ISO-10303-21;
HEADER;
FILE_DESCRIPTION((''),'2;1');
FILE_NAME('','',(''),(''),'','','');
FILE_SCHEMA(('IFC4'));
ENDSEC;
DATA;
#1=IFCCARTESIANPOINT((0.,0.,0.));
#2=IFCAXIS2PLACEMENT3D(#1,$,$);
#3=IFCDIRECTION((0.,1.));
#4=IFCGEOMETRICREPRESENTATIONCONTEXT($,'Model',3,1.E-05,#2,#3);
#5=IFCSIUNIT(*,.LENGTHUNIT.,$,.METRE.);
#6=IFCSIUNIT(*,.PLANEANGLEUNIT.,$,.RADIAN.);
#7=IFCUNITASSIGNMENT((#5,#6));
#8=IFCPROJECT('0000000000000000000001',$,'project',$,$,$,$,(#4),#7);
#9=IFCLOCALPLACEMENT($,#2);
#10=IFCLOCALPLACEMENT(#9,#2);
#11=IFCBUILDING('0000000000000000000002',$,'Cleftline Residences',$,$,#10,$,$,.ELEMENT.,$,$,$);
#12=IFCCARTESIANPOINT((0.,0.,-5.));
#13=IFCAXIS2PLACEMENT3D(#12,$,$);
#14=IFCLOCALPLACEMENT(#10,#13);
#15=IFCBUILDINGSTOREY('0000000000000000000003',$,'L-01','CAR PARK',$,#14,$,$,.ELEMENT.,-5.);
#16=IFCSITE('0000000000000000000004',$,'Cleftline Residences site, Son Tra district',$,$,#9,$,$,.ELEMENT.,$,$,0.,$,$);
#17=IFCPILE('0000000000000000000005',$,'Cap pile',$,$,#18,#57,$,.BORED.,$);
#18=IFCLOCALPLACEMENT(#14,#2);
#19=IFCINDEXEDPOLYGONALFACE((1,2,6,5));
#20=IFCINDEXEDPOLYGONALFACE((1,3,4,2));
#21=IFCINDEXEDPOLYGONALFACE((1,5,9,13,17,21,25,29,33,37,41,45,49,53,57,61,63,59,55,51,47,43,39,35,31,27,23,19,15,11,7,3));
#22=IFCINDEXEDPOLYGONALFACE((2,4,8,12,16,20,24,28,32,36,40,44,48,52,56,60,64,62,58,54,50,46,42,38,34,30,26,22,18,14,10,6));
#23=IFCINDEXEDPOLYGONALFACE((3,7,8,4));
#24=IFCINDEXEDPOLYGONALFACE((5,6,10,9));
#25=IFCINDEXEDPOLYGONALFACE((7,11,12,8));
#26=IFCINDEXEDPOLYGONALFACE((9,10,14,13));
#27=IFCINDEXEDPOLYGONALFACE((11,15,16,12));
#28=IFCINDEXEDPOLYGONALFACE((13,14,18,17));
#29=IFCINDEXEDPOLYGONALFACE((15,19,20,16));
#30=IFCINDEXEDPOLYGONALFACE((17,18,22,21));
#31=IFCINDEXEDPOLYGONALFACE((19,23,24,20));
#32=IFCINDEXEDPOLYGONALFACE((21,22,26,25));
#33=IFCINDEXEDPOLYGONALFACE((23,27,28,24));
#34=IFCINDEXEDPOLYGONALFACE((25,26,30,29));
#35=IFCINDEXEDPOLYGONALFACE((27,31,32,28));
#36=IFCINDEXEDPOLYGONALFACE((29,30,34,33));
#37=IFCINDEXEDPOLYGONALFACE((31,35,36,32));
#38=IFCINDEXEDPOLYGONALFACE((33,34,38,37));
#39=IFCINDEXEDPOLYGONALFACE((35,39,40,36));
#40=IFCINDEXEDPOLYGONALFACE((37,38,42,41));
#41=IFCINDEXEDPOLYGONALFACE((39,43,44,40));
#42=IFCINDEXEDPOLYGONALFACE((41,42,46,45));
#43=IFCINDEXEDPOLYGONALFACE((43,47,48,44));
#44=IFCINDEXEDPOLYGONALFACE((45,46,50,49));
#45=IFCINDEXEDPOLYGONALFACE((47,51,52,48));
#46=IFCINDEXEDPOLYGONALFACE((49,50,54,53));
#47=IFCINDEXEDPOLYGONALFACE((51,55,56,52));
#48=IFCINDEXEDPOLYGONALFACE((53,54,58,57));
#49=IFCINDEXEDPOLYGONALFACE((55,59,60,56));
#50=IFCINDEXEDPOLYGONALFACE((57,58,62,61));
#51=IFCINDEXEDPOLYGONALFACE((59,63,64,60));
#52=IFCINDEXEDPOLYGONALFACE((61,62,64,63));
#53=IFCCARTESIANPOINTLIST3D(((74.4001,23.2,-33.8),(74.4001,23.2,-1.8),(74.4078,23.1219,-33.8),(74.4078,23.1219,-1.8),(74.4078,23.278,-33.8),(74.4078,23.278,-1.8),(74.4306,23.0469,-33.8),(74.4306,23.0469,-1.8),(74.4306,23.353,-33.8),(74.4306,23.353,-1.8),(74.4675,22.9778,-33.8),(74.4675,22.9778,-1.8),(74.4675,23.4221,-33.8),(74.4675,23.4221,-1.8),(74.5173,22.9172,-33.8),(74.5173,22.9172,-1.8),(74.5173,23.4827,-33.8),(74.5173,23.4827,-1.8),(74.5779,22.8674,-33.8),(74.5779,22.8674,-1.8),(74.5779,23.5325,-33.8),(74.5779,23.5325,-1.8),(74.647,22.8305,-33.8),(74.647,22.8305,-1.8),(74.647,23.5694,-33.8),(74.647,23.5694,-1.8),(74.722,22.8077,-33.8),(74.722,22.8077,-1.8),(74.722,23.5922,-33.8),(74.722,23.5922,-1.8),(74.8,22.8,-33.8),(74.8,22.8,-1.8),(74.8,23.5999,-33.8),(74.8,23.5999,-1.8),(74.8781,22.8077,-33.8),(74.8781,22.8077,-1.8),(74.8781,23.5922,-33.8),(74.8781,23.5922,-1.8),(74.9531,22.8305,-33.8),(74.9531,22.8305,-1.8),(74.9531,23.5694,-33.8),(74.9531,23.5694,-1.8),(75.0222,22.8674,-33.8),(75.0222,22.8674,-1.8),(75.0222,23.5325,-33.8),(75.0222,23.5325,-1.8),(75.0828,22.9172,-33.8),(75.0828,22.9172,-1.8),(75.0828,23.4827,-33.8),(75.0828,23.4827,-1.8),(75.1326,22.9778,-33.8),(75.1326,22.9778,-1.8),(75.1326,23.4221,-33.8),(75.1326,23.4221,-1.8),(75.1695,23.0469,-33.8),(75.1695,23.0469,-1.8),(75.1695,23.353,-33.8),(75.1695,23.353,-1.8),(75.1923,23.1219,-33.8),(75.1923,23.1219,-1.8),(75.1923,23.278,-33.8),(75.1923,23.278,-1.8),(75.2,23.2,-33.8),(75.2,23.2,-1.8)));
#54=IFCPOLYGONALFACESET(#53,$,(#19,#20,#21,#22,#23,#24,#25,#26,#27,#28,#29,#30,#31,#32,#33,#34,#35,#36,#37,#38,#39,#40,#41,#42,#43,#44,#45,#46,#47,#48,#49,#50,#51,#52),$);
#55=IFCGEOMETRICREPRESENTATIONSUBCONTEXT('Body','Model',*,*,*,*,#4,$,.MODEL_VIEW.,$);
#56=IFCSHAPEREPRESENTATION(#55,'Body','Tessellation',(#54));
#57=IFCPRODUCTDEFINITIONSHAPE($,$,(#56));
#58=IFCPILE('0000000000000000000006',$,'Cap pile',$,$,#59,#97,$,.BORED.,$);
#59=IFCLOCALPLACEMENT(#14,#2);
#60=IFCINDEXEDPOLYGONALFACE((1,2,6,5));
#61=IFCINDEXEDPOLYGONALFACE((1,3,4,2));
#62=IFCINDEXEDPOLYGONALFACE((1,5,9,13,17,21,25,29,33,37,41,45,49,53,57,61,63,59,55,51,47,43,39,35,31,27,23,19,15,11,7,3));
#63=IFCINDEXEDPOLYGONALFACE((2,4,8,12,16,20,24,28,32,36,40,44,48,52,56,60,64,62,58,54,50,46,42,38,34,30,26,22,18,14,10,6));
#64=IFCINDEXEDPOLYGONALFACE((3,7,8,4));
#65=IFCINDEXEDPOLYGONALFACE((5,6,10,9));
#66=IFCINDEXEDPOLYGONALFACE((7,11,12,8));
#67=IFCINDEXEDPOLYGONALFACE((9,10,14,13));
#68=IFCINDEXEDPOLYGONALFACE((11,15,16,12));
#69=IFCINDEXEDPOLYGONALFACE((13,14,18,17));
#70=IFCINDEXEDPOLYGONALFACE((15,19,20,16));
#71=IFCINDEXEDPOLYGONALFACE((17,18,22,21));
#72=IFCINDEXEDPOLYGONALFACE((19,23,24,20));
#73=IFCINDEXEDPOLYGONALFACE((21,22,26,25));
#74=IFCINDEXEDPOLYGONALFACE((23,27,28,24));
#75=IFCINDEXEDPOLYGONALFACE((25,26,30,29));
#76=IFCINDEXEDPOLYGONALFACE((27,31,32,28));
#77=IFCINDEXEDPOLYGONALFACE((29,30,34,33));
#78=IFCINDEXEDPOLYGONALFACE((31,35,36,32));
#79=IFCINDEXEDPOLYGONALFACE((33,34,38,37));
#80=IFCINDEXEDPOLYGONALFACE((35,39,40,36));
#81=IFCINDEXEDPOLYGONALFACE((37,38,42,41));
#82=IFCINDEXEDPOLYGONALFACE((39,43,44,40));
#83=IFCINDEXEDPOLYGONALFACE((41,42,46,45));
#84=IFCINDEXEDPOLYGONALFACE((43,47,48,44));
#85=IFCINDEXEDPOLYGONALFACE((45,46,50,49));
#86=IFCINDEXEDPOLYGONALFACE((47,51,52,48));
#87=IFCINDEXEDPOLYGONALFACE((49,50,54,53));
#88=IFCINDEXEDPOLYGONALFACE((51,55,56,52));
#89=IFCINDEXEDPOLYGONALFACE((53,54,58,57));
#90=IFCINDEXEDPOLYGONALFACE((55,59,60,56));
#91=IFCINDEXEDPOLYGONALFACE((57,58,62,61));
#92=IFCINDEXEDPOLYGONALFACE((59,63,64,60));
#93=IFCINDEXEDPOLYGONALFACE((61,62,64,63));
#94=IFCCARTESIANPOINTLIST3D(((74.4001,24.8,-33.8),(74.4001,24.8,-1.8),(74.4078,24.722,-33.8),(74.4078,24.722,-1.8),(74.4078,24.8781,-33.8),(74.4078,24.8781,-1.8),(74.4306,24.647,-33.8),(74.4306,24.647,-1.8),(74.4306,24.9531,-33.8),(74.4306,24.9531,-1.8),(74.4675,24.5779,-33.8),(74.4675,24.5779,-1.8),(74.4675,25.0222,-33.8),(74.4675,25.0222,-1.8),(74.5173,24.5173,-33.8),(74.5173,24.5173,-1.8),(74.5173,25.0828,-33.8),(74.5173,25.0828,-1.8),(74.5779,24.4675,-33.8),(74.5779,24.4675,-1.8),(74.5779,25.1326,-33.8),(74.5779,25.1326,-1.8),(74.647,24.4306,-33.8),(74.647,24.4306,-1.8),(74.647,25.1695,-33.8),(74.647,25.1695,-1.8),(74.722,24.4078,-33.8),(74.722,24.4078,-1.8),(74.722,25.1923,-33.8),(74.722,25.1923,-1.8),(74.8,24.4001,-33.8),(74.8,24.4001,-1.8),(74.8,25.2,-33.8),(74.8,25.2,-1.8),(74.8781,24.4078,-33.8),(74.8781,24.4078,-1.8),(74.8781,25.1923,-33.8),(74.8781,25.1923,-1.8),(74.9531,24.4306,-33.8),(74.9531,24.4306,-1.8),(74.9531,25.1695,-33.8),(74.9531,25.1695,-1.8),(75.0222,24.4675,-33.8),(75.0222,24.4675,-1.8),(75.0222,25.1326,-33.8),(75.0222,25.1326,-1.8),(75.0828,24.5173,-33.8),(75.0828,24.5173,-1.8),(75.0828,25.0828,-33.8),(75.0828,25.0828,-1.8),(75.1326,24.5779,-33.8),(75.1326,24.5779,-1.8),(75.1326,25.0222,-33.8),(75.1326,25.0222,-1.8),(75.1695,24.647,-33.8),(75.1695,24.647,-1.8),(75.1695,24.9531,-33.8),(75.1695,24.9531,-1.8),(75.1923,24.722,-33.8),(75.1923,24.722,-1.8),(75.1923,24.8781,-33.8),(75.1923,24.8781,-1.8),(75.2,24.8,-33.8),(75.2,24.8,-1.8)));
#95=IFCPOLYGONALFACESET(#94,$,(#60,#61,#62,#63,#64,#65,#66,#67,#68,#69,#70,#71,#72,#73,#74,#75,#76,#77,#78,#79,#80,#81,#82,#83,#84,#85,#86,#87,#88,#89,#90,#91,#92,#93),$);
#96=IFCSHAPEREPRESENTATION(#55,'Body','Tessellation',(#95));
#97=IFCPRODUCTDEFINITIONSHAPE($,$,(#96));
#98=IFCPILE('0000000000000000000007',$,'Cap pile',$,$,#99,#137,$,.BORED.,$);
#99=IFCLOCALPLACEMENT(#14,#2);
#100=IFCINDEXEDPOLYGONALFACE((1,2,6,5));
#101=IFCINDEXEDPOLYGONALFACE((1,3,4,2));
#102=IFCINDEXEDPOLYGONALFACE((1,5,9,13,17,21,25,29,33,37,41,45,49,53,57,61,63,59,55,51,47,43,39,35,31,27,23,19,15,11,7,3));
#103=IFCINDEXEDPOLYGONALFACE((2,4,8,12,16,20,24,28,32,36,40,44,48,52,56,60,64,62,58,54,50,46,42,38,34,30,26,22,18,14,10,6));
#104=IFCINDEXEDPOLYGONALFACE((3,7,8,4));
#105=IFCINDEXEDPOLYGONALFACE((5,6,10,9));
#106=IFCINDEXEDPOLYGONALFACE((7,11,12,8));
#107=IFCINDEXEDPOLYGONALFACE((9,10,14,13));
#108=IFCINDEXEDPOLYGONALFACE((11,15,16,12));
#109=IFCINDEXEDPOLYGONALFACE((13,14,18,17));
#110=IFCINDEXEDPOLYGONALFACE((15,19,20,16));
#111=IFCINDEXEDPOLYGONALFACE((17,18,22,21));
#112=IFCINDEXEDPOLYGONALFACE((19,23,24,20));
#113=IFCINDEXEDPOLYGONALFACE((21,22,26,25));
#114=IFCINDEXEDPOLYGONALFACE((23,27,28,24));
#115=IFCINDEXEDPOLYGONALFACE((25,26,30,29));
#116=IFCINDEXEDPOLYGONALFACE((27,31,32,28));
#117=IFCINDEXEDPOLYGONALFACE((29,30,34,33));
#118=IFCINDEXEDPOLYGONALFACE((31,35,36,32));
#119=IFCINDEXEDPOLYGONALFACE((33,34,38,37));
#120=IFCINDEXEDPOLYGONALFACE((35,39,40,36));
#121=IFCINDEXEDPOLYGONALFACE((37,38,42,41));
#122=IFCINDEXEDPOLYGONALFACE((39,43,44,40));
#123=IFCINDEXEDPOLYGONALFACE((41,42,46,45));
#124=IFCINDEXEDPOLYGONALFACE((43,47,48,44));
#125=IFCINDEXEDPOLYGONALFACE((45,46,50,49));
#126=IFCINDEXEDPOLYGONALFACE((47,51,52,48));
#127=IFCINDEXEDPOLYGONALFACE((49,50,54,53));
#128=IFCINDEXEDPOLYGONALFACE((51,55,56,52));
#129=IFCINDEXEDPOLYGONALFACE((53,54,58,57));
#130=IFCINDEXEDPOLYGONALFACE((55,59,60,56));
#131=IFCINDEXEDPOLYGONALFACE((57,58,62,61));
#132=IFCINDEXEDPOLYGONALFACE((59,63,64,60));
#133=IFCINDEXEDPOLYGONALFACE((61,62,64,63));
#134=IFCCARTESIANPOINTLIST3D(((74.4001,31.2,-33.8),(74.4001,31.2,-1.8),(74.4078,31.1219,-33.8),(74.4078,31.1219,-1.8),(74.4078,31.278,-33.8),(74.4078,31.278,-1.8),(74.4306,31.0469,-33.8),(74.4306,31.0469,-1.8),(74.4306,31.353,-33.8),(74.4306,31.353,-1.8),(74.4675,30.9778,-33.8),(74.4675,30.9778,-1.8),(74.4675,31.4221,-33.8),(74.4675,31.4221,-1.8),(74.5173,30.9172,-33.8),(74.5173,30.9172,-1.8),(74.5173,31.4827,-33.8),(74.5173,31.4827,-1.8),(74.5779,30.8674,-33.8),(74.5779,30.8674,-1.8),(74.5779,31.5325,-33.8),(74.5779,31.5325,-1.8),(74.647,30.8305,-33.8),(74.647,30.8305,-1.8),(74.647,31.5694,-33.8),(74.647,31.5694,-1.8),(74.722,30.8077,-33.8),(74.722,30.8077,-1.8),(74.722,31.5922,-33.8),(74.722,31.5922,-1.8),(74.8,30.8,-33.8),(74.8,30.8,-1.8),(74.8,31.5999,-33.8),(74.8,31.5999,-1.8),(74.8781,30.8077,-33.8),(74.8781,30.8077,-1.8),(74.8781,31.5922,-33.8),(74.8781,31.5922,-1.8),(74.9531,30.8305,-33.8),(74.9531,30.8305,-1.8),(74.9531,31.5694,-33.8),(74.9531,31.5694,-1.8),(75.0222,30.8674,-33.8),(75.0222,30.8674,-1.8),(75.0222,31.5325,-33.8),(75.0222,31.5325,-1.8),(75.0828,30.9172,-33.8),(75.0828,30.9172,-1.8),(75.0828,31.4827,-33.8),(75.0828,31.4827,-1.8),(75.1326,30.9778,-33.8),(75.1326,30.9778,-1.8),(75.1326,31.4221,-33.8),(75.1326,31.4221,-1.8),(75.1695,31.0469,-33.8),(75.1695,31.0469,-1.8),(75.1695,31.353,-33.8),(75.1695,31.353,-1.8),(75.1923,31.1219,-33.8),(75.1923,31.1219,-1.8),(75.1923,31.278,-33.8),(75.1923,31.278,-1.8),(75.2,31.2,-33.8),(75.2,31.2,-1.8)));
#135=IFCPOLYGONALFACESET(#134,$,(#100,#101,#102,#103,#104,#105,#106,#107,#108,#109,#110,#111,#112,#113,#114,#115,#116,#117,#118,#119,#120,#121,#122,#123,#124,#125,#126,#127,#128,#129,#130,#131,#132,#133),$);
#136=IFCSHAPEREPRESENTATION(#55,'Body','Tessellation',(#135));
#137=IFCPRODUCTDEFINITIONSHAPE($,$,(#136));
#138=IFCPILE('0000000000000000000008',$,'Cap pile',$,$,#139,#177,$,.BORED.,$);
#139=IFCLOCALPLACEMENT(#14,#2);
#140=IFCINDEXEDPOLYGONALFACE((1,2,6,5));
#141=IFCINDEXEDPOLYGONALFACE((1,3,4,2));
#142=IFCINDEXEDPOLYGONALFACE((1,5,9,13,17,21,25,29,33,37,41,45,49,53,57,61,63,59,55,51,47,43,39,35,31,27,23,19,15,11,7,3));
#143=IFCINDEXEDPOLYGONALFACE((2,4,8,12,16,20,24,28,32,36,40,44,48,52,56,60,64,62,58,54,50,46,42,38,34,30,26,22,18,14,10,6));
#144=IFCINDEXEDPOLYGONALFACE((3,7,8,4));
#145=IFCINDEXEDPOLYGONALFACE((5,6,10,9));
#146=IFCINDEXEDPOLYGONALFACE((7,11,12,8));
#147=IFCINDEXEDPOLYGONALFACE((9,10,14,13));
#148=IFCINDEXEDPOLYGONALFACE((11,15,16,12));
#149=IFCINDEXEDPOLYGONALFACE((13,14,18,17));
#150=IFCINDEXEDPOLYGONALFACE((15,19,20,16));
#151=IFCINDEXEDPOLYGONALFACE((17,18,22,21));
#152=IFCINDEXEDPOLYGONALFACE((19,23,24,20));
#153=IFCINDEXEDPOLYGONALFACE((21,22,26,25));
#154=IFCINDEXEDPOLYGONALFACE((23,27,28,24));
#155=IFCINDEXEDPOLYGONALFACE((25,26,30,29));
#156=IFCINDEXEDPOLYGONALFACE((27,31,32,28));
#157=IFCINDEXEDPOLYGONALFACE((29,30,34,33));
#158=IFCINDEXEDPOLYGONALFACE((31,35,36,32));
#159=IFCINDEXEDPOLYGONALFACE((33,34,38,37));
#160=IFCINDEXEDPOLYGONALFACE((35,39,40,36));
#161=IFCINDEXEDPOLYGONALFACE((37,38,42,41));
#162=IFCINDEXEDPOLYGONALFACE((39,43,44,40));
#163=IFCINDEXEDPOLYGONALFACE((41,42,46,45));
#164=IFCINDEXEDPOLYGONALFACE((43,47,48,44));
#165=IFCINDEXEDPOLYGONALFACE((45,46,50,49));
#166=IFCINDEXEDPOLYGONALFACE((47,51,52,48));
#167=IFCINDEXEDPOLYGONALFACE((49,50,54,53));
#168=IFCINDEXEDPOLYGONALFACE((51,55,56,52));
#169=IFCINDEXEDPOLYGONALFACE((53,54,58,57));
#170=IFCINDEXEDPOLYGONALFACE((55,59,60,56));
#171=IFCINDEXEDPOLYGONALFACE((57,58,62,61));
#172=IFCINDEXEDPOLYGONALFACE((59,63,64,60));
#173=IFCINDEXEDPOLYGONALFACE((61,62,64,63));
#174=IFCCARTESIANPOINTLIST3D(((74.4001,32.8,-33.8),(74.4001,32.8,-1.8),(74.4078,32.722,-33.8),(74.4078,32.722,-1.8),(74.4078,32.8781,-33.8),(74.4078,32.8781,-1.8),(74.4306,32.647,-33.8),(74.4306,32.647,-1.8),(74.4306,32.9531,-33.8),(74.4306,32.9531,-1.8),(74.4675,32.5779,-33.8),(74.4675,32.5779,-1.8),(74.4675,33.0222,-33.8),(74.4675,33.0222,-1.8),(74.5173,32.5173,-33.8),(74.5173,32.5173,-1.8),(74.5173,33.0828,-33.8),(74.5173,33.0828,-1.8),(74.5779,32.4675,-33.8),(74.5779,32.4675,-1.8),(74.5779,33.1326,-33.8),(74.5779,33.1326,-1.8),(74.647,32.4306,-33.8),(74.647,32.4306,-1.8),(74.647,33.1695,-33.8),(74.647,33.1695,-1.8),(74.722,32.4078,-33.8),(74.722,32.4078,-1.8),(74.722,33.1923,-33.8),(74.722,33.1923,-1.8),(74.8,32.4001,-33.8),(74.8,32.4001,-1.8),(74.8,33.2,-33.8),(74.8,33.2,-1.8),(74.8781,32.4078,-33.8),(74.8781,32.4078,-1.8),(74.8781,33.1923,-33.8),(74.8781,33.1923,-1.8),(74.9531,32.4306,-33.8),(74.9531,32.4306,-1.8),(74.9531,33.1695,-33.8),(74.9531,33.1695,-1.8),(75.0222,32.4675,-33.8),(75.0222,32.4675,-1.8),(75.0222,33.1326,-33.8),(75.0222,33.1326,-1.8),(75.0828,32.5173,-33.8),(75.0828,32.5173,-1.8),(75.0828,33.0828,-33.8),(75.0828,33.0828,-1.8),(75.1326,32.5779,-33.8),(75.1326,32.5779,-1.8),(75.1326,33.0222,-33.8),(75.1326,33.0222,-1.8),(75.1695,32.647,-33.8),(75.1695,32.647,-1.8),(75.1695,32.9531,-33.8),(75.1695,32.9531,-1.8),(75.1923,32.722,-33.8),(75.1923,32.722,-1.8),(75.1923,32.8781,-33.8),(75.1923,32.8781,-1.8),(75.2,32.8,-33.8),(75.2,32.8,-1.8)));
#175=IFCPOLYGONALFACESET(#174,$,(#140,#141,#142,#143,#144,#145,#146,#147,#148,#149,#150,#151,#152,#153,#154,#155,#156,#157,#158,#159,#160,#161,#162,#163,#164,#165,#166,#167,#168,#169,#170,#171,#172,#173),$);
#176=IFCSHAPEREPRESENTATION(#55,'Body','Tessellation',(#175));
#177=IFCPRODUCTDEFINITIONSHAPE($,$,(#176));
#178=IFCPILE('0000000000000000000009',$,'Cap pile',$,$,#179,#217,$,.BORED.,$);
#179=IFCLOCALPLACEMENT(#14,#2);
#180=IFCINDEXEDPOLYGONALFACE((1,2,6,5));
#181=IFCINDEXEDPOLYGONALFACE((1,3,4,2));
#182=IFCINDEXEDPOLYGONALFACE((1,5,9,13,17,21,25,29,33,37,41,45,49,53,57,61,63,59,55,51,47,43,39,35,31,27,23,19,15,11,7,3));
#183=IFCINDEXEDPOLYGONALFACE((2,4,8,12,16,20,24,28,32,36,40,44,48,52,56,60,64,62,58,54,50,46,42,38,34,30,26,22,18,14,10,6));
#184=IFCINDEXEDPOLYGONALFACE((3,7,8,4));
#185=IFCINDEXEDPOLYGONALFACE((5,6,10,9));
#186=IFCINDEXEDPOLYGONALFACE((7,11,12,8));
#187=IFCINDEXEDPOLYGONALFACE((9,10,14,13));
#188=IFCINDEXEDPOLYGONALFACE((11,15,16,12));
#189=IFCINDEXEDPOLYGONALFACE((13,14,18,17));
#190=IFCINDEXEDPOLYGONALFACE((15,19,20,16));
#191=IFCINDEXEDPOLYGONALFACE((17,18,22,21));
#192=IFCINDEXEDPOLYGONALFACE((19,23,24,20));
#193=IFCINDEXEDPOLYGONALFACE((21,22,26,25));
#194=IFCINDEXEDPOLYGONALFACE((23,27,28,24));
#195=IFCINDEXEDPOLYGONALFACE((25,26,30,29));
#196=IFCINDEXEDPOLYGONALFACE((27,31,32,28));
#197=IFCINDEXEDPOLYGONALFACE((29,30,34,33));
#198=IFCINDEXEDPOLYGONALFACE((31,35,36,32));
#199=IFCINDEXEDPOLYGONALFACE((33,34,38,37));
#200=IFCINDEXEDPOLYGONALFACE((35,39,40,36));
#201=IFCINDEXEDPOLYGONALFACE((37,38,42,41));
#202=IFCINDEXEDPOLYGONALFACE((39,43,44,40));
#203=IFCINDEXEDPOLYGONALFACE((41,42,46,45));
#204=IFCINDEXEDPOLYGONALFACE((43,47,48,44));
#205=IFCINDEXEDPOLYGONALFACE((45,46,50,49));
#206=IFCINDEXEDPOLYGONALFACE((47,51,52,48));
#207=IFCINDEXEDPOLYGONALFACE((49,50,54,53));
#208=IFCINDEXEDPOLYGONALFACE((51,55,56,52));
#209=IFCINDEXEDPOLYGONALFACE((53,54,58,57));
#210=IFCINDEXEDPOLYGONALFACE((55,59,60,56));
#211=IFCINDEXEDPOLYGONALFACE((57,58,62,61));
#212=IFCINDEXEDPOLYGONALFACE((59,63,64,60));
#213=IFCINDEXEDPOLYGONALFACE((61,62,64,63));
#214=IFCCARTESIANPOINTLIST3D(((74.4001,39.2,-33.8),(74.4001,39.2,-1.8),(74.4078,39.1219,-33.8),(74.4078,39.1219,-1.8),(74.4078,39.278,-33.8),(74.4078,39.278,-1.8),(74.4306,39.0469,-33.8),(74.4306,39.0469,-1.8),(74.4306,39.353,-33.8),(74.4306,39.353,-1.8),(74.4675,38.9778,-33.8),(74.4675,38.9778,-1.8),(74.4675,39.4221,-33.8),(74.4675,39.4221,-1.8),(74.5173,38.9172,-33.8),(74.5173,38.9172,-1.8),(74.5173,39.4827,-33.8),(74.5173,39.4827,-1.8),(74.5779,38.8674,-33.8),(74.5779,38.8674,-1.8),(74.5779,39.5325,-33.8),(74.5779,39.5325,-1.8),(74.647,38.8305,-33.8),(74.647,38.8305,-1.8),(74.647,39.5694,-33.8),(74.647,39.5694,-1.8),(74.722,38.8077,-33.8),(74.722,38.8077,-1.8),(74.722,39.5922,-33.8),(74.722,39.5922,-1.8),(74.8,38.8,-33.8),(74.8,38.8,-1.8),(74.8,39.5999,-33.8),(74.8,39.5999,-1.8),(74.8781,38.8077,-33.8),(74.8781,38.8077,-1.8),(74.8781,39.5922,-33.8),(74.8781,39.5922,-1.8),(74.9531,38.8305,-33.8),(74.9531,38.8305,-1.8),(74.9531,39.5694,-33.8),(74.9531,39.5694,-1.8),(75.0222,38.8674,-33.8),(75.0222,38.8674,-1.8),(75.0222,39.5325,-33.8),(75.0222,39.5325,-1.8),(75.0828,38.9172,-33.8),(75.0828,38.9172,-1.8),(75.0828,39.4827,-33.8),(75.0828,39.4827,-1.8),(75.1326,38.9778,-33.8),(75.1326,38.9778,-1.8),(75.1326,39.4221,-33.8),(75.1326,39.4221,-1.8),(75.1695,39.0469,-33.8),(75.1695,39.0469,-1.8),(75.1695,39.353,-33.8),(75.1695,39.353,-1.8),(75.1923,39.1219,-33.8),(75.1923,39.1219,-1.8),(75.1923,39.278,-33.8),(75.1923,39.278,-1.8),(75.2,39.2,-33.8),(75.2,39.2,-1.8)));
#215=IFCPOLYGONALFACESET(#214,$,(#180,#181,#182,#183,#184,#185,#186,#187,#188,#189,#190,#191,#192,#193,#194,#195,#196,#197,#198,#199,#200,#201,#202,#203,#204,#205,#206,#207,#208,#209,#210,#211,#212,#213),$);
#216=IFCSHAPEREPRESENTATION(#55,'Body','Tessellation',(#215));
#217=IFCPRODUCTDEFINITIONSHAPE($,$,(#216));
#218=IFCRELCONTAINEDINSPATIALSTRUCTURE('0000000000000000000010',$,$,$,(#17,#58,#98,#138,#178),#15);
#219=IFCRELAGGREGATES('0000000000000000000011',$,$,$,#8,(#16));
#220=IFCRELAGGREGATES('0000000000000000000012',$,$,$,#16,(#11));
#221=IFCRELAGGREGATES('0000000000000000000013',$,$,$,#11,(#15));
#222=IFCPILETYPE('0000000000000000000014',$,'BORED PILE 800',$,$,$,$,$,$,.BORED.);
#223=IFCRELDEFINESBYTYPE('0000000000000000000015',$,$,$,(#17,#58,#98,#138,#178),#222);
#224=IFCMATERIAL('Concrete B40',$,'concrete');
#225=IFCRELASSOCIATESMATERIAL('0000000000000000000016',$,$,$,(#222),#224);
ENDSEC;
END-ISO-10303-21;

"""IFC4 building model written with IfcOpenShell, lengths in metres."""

from ifc_helpers import new_model, si_unit, direction, frame, origin, origin_2d, place, context, subcontext, project, spatial, circle, extrude, material, material_profile, profile_set, type_object, element, save


model = new_model("IFC4")

# Units and contexts
model_context = context("Model", 3, precision=1e-05, world=origin(), true_north=direction((0.0, 1.0)))
body_context = subcontext(model_context, "Body", "Model", "MODEL_VIEW")
ifc_project = project(units=[si_unit("LENGTHUNIT", "METRE"), si_unit("PLANEANGLEUNIT", "RADIAN")], contexts=[model_context])

# Site, building, storey
site_placement = place(None, origin())
site = spatial("IfcSite", under=ifc_project, at=site_placement, Name="Cleftline Residences site, Son Tra district", CompositionType="ELEMENT", RefElevation=0.0)
building_placement = place(site_placement, origin())
building = spatial("IfcBuilding", under=site, at=building_placement, Name="Cleftline Residences", CompositionType="ELEMENT")
storey_placement = place(building_placement, frame((0.0, 0.0, -5.0)))
storey = spatial("IfcBuildingStorey", under=building, at=storey_placement, Name="L-01", Description="CAR PARK", CompositionType="ELEMENT", Elevation=-5.0)

# Piles
ifc_material_1 = material(Name="Concrete B40", Category="concrete")
ifc_material_profile_1 = material_profile(ifc_material_1, circle(Radius=0.3999, at=origin_2d()))
ifc_profile_set_1 = profile_set([ifc_material_profile_1], Name="Concrete B40")
pile_type = type_object("IfcPileType", Name="BORED PILE 800", PredefinedType="BORED", material=ifc_profile_set_1)
for number, where, z_axis, x_axis, name in (
    (1, (74.8, 23.2, -1.8), (0.0, 0.0, -1.0), (1.0, 0.0, 0.0), "Cap pile"),
    (2, (74.8, 24.8, -1.8), (0.0, 0.0, -1.0), (1.0, 0.0, 0.0), "Cap pile"),
    (3, (74.8, 31.2, -1.8), (0.0, 0.0, -1.0), (1.0, 0.0, 0.0), "Cap pile"),
    (4, (74.8, 32.8, -1.8), (0.0, 0.0, -1.0), (1.0, 0.0, 0.0), "Cap pile"),
    (5, (74.8, 39.2, -1.8), (0.0, 0.0, -1.0), (1.0, 0.0, 0.0), "Cap pile"),
):
    element("IfcPile", number, at=place(storey_placement, frame(where, z_axis=z_axis, x_axis=x_axis)), inside=storey, type_object=pile_type, Name=name, PredefinedType="BORED", context=body_context, shape_type="SweptSolid", body=[
        extrude(circle(Radius=0.3999, at=origin_2d()), origin(), (0.0, 0.0, 1.0), 32.0),
    ])

save(model, "model.ifc")
